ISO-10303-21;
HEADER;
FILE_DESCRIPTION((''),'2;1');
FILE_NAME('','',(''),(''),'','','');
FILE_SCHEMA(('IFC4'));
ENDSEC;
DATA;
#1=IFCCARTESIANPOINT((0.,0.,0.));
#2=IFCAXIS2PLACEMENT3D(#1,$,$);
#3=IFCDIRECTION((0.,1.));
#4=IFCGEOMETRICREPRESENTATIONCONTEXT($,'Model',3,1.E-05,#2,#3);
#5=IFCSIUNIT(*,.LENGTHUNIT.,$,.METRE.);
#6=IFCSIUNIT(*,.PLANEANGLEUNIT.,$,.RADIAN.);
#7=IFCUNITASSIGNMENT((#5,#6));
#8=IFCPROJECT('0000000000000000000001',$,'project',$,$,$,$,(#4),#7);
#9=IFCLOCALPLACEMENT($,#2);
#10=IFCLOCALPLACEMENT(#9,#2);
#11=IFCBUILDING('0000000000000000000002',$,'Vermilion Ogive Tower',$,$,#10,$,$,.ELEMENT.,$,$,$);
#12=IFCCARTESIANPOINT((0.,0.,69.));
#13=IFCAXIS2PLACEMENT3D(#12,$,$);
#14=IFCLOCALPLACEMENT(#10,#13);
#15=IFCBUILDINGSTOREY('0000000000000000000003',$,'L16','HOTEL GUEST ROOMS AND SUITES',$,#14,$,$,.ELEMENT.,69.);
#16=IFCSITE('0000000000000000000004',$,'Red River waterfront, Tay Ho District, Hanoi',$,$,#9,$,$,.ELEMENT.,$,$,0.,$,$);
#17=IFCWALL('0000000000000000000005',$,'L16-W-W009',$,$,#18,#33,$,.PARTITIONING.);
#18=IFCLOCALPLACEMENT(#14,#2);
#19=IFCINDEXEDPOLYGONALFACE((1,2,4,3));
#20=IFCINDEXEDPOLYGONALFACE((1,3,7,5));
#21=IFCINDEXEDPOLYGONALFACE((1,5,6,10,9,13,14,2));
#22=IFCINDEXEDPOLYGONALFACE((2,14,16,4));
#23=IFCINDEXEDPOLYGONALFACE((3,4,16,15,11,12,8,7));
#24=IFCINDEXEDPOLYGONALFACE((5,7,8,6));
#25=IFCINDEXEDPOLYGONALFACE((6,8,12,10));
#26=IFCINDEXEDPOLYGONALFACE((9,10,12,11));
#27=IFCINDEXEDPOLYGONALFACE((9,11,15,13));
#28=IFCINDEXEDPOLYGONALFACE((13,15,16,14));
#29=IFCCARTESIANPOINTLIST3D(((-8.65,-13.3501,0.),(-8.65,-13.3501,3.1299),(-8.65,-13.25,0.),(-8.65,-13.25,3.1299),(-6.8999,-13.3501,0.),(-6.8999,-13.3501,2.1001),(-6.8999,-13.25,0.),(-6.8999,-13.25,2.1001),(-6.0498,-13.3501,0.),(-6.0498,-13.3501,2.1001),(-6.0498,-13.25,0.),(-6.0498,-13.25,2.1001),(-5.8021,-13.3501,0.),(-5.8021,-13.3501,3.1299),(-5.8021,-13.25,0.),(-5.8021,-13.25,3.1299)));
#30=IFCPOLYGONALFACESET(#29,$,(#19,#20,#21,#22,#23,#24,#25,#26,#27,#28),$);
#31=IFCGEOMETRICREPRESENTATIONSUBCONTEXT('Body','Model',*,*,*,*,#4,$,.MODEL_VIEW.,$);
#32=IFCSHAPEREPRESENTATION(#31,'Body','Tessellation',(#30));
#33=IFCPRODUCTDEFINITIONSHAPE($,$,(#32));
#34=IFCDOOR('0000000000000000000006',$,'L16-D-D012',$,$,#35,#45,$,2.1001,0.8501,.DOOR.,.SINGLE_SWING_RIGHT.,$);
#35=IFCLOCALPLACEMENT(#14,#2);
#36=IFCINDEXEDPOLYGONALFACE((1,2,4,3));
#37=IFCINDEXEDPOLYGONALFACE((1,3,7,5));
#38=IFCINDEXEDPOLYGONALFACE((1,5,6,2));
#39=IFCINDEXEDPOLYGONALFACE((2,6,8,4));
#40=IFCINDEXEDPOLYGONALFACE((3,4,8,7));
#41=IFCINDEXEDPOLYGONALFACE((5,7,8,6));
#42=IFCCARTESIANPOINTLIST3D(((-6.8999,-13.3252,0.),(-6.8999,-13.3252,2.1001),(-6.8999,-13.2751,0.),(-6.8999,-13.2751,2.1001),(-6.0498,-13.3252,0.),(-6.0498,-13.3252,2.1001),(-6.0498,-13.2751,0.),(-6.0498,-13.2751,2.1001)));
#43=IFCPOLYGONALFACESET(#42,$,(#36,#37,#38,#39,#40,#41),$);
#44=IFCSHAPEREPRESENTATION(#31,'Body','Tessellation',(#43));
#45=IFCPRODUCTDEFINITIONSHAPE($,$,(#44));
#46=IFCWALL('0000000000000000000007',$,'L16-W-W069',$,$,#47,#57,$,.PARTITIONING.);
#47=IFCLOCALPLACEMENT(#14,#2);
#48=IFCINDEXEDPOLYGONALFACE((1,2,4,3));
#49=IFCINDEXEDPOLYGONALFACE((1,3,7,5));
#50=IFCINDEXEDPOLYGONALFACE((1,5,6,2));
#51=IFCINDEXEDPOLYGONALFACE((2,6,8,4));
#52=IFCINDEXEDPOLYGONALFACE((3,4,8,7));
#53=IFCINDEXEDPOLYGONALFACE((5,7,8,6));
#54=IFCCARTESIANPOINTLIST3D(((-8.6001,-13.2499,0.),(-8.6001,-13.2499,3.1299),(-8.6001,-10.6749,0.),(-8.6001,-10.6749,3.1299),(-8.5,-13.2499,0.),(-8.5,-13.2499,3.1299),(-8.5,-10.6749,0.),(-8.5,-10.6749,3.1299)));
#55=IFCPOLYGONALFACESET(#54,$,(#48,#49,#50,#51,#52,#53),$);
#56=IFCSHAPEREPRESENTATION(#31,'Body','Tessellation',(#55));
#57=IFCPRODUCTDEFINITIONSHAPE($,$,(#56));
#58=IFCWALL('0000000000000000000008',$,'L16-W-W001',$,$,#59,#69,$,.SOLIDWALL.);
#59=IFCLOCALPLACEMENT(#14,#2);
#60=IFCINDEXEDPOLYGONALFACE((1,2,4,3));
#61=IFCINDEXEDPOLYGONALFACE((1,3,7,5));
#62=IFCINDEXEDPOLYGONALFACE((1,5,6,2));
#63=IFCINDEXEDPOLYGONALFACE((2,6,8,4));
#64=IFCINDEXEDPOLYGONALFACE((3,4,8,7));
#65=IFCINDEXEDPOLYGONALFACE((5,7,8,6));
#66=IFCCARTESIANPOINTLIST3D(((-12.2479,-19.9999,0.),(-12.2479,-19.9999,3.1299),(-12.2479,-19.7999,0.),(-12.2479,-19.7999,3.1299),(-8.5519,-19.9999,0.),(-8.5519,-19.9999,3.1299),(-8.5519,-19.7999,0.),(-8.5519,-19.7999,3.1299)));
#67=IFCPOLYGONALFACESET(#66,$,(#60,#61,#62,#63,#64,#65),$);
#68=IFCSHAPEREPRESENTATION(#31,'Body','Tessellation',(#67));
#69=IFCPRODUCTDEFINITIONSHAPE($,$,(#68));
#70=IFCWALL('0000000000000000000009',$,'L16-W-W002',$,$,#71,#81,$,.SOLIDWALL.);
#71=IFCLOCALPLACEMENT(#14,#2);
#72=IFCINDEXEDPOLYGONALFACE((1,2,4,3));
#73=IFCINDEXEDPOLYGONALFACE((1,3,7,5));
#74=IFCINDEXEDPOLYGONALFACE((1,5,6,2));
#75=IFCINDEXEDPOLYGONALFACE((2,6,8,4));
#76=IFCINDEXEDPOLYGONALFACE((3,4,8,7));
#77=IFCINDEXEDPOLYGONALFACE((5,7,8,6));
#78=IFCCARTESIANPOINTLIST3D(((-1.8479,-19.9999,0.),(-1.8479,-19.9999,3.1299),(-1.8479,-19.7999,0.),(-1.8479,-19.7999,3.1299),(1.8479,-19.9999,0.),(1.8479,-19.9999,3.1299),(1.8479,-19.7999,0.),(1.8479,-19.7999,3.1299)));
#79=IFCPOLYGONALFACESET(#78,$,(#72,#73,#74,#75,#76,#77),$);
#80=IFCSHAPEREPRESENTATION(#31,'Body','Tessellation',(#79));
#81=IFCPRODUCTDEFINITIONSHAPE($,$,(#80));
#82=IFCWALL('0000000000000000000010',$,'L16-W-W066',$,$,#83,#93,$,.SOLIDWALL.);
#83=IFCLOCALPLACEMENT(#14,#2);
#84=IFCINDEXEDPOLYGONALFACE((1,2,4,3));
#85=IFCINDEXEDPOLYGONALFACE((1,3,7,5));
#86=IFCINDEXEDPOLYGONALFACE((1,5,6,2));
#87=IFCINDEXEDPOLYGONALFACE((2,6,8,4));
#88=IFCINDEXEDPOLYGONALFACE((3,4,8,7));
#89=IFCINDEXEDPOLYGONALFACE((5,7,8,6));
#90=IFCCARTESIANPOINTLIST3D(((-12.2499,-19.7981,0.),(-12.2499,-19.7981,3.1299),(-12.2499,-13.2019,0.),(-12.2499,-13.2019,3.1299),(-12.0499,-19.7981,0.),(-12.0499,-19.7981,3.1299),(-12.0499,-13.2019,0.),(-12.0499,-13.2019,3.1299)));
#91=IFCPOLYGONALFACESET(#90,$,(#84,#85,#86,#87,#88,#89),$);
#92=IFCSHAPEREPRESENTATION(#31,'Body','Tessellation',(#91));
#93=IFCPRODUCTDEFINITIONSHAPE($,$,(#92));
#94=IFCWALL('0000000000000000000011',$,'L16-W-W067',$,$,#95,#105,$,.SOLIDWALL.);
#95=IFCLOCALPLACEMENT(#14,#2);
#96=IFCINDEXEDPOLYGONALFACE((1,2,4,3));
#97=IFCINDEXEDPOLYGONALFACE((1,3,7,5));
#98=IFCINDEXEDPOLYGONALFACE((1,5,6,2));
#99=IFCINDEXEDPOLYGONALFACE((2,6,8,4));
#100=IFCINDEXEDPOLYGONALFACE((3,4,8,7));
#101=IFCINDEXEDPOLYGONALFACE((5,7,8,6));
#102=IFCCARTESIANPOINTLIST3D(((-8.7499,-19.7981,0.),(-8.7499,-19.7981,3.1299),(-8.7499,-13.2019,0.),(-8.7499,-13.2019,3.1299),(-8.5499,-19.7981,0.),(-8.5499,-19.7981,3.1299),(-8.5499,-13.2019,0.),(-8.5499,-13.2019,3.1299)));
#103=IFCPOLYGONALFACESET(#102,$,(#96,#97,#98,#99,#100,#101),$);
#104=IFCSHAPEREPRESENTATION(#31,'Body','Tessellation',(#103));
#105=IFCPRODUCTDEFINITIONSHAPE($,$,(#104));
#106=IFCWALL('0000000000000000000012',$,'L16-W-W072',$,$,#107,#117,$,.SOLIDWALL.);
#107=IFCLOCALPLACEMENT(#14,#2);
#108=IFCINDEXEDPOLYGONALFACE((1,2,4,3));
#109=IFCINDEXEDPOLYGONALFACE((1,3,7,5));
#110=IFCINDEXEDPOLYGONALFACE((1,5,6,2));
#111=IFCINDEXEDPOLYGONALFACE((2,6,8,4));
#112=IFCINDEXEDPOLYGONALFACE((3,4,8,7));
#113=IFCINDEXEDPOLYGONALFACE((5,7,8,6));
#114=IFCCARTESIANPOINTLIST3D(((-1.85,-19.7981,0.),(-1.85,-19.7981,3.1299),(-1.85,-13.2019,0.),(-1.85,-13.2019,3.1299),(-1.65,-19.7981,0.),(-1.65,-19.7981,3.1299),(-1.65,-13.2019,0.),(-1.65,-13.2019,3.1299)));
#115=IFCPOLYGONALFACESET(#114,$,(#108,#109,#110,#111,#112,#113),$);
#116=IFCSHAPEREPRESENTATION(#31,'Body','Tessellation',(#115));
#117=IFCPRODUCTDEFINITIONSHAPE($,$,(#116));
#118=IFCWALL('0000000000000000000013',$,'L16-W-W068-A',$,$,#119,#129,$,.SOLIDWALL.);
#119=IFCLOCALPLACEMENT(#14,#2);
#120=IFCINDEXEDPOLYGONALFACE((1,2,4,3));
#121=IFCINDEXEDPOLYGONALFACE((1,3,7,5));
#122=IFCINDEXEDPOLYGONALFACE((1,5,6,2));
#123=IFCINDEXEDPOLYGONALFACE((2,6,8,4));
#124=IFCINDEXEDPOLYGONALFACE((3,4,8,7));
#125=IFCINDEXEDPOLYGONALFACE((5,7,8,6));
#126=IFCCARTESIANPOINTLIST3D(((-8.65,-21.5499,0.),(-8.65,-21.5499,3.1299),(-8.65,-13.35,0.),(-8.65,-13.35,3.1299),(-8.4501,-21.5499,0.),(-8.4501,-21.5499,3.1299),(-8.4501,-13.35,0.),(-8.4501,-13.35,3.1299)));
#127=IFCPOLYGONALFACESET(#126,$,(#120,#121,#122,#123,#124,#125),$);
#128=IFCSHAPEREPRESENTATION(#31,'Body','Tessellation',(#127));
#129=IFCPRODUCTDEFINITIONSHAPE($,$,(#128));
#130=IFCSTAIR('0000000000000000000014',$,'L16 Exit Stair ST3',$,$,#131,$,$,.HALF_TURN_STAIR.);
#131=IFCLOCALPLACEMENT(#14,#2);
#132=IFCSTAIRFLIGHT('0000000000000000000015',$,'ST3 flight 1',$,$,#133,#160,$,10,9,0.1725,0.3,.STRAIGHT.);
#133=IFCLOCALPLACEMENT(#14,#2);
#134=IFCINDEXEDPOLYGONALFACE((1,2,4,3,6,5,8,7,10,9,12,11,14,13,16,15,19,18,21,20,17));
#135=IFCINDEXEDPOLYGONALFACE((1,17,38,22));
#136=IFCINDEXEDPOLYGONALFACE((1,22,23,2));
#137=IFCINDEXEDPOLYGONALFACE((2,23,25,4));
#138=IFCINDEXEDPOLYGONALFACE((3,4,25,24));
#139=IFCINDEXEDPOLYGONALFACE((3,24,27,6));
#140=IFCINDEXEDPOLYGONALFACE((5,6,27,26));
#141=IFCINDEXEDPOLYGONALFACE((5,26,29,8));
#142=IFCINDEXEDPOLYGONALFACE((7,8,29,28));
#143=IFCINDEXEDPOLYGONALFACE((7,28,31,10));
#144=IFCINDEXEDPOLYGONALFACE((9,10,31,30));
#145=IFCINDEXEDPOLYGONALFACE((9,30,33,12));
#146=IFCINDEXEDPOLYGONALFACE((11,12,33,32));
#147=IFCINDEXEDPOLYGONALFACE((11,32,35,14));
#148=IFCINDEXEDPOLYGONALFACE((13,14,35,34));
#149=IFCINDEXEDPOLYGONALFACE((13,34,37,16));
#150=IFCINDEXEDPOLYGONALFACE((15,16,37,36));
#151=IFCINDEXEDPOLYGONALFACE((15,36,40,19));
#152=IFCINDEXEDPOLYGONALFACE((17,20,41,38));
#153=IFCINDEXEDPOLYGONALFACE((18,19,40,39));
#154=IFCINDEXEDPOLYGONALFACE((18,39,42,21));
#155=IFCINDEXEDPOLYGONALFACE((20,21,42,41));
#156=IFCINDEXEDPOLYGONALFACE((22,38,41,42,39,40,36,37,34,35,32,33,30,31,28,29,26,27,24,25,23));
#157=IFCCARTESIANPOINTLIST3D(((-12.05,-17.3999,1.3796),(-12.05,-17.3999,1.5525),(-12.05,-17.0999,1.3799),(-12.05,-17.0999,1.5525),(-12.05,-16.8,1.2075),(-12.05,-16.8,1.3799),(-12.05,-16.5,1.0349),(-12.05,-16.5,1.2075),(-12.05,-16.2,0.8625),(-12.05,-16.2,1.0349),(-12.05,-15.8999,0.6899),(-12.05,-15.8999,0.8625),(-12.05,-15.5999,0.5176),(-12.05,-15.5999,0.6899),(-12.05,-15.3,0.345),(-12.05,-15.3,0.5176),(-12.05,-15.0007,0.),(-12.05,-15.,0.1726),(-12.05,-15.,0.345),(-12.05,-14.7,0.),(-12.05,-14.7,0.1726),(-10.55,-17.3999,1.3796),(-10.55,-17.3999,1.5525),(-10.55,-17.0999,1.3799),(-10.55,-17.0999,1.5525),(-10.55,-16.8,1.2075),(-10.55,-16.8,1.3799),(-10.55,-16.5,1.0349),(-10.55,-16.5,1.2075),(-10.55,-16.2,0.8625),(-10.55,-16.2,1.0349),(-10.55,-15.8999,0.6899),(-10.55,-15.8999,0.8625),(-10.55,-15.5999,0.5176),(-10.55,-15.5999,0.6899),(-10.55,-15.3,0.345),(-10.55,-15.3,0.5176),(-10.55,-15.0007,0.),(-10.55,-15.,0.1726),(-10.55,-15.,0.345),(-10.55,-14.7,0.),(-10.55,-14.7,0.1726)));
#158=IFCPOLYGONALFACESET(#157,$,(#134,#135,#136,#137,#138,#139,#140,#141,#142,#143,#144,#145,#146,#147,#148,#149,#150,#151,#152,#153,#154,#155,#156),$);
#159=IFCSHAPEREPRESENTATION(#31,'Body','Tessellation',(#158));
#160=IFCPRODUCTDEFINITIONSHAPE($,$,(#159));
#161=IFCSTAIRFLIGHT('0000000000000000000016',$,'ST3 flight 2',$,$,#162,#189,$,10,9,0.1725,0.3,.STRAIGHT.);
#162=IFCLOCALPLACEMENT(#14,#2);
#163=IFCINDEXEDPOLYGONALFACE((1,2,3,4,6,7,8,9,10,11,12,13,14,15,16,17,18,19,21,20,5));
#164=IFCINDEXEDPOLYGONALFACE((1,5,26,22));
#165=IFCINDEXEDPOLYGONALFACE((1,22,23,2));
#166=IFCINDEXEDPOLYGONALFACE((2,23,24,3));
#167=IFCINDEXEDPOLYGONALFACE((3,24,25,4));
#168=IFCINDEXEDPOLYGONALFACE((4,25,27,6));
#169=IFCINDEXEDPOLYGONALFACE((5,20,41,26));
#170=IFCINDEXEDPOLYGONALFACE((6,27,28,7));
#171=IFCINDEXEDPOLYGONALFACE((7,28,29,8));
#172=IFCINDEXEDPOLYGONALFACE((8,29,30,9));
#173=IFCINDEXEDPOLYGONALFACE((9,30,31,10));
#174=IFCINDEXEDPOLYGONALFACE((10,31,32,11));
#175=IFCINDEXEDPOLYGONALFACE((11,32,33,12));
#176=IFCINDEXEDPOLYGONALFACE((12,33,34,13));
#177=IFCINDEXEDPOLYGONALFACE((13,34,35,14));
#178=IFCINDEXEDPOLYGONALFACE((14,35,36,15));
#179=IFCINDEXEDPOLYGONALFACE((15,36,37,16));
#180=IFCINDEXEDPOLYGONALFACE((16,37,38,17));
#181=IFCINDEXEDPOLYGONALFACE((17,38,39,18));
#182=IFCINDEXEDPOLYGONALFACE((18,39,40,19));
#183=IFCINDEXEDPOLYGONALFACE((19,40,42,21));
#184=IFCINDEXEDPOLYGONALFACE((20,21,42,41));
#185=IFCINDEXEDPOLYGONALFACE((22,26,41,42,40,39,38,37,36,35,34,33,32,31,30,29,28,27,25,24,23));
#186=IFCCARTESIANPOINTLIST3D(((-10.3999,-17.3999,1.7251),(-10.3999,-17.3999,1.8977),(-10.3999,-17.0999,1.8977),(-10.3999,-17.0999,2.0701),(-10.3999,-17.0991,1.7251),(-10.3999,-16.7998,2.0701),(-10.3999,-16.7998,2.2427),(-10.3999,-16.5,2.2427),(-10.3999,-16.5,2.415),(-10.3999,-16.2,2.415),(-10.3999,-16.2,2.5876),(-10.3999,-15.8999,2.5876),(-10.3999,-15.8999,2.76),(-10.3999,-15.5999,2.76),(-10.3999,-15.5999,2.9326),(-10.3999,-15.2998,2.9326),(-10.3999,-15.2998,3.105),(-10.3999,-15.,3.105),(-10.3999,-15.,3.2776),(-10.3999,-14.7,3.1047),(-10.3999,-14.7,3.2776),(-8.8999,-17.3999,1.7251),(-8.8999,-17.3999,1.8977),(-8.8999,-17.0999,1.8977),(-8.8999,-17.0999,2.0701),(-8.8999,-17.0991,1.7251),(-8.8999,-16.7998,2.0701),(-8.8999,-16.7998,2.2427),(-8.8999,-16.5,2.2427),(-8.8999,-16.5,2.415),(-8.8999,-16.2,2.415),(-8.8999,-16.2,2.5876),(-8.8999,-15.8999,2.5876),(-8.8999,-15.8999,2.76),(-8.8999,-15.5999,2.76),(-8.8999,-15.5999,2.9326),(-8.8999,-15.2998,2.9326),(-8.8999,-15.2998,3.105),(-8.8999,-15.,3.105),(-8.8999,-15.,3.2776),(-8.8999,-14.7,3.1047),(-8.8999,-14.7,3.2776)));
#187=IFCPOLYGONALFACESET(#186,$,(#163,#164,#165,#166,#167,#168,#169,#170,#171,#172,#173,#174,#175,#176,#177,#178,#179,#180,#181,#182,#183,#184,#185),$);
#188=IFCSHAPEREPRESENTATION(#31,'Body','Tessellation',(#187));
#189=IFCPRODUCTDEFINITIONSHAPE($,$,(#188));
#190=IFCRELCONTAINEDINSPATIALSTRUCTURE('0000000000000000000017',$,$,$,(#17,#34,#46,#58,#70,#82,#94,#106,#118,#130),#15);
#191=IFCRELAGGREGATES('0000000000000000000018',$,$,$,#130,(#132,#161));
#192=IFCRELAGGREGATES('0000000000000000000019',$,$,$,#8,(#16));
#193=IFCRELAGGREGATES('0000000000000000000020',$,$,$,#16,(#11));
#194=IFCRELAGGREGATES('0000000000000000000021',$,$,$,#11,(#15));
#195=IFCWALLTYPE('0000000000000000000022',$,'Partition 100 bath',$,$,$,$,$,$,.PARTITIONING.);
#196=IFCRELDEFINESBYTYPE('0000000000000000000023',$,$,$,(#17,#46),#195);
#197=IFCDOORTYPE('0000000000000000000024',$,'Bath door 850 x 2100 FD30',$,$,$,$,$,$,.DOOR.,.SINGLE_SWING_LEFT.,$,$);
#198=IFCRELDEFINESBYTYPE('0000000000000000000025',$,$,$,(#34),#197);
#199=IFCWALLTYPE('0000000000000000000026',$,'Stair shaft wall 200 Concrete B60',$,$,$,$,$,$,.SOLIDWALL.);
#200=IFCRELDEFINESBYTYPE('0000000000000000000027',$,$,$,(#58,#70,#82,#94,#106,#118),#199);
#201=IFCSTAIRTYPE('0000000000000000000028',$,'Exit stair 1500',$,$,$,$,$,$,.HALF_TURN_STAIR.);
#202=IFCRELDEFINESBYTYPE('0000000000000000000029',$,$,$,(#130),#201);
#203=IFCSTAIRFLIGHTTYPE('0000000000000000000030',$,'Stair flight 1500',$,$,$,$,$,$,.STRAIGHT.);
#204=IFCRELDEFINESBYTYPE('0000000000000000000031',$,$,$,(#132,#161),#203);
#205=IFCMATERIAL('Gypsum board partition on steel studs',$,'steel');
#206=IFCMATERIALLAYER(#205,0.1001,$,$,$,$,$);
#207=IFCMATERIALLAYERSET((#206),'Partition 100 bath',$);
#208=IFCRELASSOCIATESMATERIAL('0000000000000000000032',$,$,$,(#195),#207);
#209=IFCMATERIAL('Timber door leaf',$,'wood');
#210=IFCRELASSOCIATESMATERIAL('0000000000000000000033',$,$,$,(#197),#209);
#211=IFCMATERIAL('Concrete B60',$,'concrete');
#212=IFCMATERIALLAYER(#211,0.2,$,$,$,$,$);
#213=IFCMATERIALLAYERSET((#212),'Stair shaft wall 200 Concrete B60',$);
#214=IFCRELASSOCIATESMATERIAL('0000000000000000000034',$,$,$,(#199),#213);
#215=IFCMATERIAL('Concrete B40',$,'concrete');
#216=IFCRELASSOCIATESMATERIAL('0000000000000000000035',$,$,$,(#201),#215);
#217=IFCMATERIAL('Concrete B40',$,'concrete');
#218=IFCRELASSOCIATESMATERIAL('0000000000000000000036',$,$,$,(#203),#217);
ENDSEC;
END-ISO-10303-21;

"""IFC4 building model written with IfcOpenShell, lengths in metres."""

from ifc_helpers import new_model, si_unit, direction, frame, frame_2d, origin, place, context, subcontext, project, spatial, polyline, rectangle, outline, extrude, material, layer, layer_set, type_object, element, fill, aggregate, save


model = new_model("IFC4")

# Units and contexts
model_context = context("Model", 3, precision=1e-05, world=origin(), true_north=direction((0.0, 1.0)))
body_context = subcontext(model_context, "Body", "Model", "MODEL_VIEW")
ifc_project = project(units=[si_unit("LENGTHUNIT", "METRE"), si_unit("PLANEANGLEUNIT", "RADIAN")], contexts=[model_context])

# Site, building, storey
site_placement = place(None, origin())
site = spatial("IfcSite", under=ifc_project, at=site_placement, Name="Red River waterfront, Tay Ho District, Hanoi", CompositionType="ELEMENT", RefElevation=0.0)
building_placement = place(site_placement, origin())
building = spatial("IfcBuilding", under=site, at=building_placement, Name="Vermilion Ogive Tower", CompositionType="ELEMENT")
storey_placement = place(building_placement, frame((0.0, 0.0, 69.0)))
storey = spatial("IfcBuildingStorey", under=building, at=storey_placement, Name="L16", Description="HOTEL GUEST ROOMS AND SUITES", CompositionType="ELEMENT", Elevation=69.0)

# Wall, opening, door
ifc_material_1 = material(Name="Gypsum board partition on steel studs", Category="steel")
ifc_layer_1 = layer(ifc_material_1, 0.1001)
ifc_layer_set_1 = layer_set([ifc_layer_1], Name="Partition 100 bath")
wall_type_1 = type_object("IfcWallType", Name="Partition 100 bath", PredefinedType="PARTITIONING", material=ifc_layer_set_1)
wall_1_placement = place(storey_placement, frame((-8.6499, -13.3, 0.0), z_axis=(0.0, 0.0, 1.0), x_axis=(1.0, 0.0, 0.0)))
wall_1 = element("IfcWall", 1, at=wall_1_placement, inside=storey, type_object=wall_type_1, Name="L16-W-W009", PredefinedType="PARTITIONING", context=body_context, shape_type="SweptSolid", body=[
    extrude(rectangle(XDim=2.8479, YDim=0.1001, at=frame_2d((1.4238, 0.0))), origin(), (0.0, 0.0, 1.0), 3.1299),
])
opening_placement = place(wall_1_placement, frame((1.75, 0.0, 0.0)))
opening = element("IfcOpeningElement", 2, at=opening_placement, cuts=wall_1, PredefinedType="OPENING", context=body_context, shape_type="SweptSolid", body=[
    extrude(rectangle(XDim=0.8501, YDim=2.1001, at=frame_2d((0.425, 1.05))), frame((0.0, 0.0601, 0.0), z_axis=(0.0, -1.0, 0.0), x_axis=(1.0, 0.0, 0.0)), (0.0, 0.0, 1.0), 0.1201),
])
ifc_material_2 = material(Name="Timber door leaf", Category="wood")
door_type = type_object("IfcDoorType", Name="Bath door 850 x 2100 FD30", OperationType="SINGLE_SWING_LEFT", PredefinedType="DOOR", material=ifc_material_2)
door_placement = place(opening_placement, origin())
door = element("IfcDoor", 3, at=door_placement, inside=storey, type_object=door_type, Name="L16-D-D012", OperationType="SINGLE_SWING_RIGHT", OverallHeight=2.1001, OverallWidth=0.8501, PredefinedType="DOOR", context=body_context, shape_type="SweptSolid", body=[
    extrude(rectangle(XDim=0.8501, YDim=2.1001, at=frame_2d((0.425, 1.05))), frame((0.0, 0.0249, 0.0), z_axis=(0.0, -1.0, 0.0), x_axis=(1.0, 0.0, 0.0)), (0.0, 0.0, 1.0), 0.05),
])
fill(opening, door)

# Walls
wall_2_placement = place(storey_placement, frame((-8.55, -13.25, 0.0), z_axis=(0.0, 0.0, 1.0), x_axis=(0.0, 1.0, 0.0)))
element("IfcWall", 4, at=wall_2_placement, inside=storey, type_object=wall_type_1, Name="L16-W-W069", PredefinedType="PARTITIONING", context=body_context, shape_type="SweptSolid", body=[
    extrude(rectangle(XDim=2.575, YDim=0.1001, at=frame_2d((1.2876, 0.0))), origin(), (0.0, 0.0, 1.0), 3.1299),
])
ifc_material_3 = material(Name="Concrete B60", Category="concrete")
ifc_layer_2 = layer(ifc_material_3, 0.2)
ifc_layer_set_2 = layer_set([ifc_layer_2], Name="Stair shaft wall 200 Concrete B60")
wall_type_2 = type_object("IfcWallType", Name="Stair shaft wall 200 Concrete B60", PredefinedType="SOLIDWALL", material=ifc_layer_set_2)
wall_3_placement = place(storey_placement, frame((-12.248, -19.8999, 0.0), z_axis=(0.0, 0.0, 1.0), x_axis=(1.0, 0.0, 0.0)))
element("IfcWall", 5, at=wall_3_placement, inside=storey, type_object=wall_type_2, Name="L16-W-W001", PredefinedType="SOLIDWALL", context=body_context, shape_type="SweptSolid", body=[
    extrude(rectangle(XDim=3.696, YDim=0.2, at=frame_2d((1.8481, 0.0))), origin(), (0.0, 0.0, 1.0), 3.1299),
])
wall_4_placement = place(storey_placement, frame((-1.8479, -19.8999, 0.0), z_axis=(0.0, 0.0, 1.0), x_axis=(1.0, 0.0, 0.0)))
element("IfcWall", 6, at=wall_4_placement, inside=storey, type_object=wall_type_2, Name="L16-W-W002", PredefinedType="SOLIDWALL", context=body_context, shape_type="SweptSolid", body=[
    extrude(rectangle(XDim=3.6958, YDim=0.2, at=frame_2d((1.8479, 0.0))), origin(), (0.0, 0.0, 1.0), 3.1299),
])
for number, where, z_axis, x_axis, name in (
    (7, (-12.1499, -19.7981, 0.0), (0.0, 0.0, 1.0), (0.0, 1.0, 0.0), "L16-W-W066"),
    (8, (-8.6499, -19.7981, 0.0), (0.0, 0.0, 1.0), (0.0, 1.0, 0.0), "L16-W-W067"),
    (9, (-1.75, -19.7981, 0.0), (0.0, 0.0, 1.0), (0.0, 1.0, 0.0), "L16-W-W072"),
):
    element("IfcWall", number, at=place(storey_placement, frame(where, z_axis=z_axis, x_axis=x_axis)), inside=storey, type_object=wall_type_2, Name=name, PredefinedType="SOLIDWALL", context=body_context, shape_type="SweptSolid", body=[
        extrude(rectangle(XDim=6.5962, YDim=0.2, at=frame_2d((3.2981, 0.0))), origin(), (0.0, 0.0, 1.0), 3.1299),
    ])
wall_5_placement = place(storey_placement, frame((-8.55, -21.55, 0.0), z_axis=(0.0, 0.0, 1.0), x_axis=(0.0, 1.0, 0.0)))
element("IfcWall", 10, at=wall_5_placement, inside=storey, type_object=wall_type_2, Name="L16-W-W068-A", PredefinedType="SOLIDWALL", context=body_context, shape_type="SweptSolid", body=[
    extrude(rectangle(XDim=8.2, YDim=0.2, at=frame_2d((4.1001, 0.0))), origin(), (0.0, 0.0, 1.0), 3.1299),
])

# Stair, stair flights
ifc_material_4 = material(Name="Concrete B40", Category="concrete")
stair_type = type_object("IfcStairType", Name="Exit stair 1500", PredefinedType="HALF_TURN_STAIR", material=ifc_material_4)
stair_1_placement = place(storey_placement, origin())
stair_1 = element("IfcStair", 11, at=stair_1_placement, inside=storey, type_object=stair_type, Name="L16 Exit Stair ST3", PredefinedType="HALF_TURN_STAIR")
ifc_material_5 = material(Name="Concrete B40", Category="concrete")
stair_flight_type = type_object("IfcStairFlightType", Name="Stair flight 1500", PredefinedType="STRAIGHT", material=ifc_material_5)
stair_flight_1_placement = place(storey_placement, frame((-11.3, -14.7, 0.0), z_axis=(0.0, 0.0, 1.0), x_axis=(0.0, -1.0, 0.0)))
stair_flight_1 = element("IfcStairFlight", 12, at=stair_flight_1_placement, type_object=stair_flight_type, Name="ST3 flight 1", NumberOfRisers=10, NumberOfTreads=9, PredefinedType="STRAIGHT", RiserHeight=0.1725, TreadLength=0.3, context=body_context, shape_type="SweptSolid", body=[
    extrude(outline(polyline([(0.0, 0.0), (0.0, 0.1726), (0.3, 0.1726), (0.3, 0.345), (0.6001, 0.345), (0.6001, 0.5176), (0.8999, 0.5176), (0.8999, 0.6899), (1.2, 0.6899), (1.2, 0.8625), (1.5, 0.8625), (1.5, 1.0349), (1.8, 1.0349), (1.8, 1.2075), (2.1001, 1.2075), (2.1001, 1.3799), (2.3999, 1.3799), (2.3999, 1.5525), (2.7, 1.5525), (2.7, 1.7251), (2.7, 1.3796), (0.3008, 0.0), (0.0, 0.0)])), frame((0.0, 0.75, 0.0), z_axis=(0.0, -1.0, 0.0), x_axis=(1.0, 0.0, 0.0)), (0.0, 0.0, 1.0), 1.5),
])
stair_flight_2_placement = place(storey_placement, frame((-9.6499, -17.3999, 1.7251), z_axis=(0.0, 0.0, 1.0), x_axis=(0.0, 1.0, 0.0)))
stair_flight_2 = element("IfcStairFlight", 13, at=stair_flight_2_placement, type_object=stair_flight_type, Name="ST3 flight 2", NumberOfRisers=10, NumberOfTreads=9, PredefinedType="STRAIGHT", RiserHeight=0.1725, TreadLength=0.3, context=body_context, shape_type="SweptSolid", body=[
    extrude(outline(polyline([(0.0, 0.0), (0.0, 0.1726), (0.3, 0.1726), (0.3, 0.345), (0.6001, 0.345), (0.6001, 0.5176), (0.8999, 0.5176), (0.8999, 0.6899), (1.2, 0.6899), (1.2, 0.8625), (1.5, 0.8625), (1.5, 1.0349), (1.8, 1.0349), (1.8, 1.2075), (2.1001, 1.2075), (2.1001, 1.3799), (2.3999, 1.3799), (2.3999, 1.5525), (2.7, 1.5525), (2.7, 1.7251), (2.7, 1.3796), (0.3008, 0.0), (0.0, 0.0)])), frame((0.0, 0.75, 0.0), z_axis=(0.0, -1.0, 0.0), x_axis=(1.0, 0.0, 0.0)), (0.0, 0.0, 1.0), 1.5),
])
aggregate(stair_1, [stair_flight_1, stair_flight_2])

save(model, "model.ifc")
